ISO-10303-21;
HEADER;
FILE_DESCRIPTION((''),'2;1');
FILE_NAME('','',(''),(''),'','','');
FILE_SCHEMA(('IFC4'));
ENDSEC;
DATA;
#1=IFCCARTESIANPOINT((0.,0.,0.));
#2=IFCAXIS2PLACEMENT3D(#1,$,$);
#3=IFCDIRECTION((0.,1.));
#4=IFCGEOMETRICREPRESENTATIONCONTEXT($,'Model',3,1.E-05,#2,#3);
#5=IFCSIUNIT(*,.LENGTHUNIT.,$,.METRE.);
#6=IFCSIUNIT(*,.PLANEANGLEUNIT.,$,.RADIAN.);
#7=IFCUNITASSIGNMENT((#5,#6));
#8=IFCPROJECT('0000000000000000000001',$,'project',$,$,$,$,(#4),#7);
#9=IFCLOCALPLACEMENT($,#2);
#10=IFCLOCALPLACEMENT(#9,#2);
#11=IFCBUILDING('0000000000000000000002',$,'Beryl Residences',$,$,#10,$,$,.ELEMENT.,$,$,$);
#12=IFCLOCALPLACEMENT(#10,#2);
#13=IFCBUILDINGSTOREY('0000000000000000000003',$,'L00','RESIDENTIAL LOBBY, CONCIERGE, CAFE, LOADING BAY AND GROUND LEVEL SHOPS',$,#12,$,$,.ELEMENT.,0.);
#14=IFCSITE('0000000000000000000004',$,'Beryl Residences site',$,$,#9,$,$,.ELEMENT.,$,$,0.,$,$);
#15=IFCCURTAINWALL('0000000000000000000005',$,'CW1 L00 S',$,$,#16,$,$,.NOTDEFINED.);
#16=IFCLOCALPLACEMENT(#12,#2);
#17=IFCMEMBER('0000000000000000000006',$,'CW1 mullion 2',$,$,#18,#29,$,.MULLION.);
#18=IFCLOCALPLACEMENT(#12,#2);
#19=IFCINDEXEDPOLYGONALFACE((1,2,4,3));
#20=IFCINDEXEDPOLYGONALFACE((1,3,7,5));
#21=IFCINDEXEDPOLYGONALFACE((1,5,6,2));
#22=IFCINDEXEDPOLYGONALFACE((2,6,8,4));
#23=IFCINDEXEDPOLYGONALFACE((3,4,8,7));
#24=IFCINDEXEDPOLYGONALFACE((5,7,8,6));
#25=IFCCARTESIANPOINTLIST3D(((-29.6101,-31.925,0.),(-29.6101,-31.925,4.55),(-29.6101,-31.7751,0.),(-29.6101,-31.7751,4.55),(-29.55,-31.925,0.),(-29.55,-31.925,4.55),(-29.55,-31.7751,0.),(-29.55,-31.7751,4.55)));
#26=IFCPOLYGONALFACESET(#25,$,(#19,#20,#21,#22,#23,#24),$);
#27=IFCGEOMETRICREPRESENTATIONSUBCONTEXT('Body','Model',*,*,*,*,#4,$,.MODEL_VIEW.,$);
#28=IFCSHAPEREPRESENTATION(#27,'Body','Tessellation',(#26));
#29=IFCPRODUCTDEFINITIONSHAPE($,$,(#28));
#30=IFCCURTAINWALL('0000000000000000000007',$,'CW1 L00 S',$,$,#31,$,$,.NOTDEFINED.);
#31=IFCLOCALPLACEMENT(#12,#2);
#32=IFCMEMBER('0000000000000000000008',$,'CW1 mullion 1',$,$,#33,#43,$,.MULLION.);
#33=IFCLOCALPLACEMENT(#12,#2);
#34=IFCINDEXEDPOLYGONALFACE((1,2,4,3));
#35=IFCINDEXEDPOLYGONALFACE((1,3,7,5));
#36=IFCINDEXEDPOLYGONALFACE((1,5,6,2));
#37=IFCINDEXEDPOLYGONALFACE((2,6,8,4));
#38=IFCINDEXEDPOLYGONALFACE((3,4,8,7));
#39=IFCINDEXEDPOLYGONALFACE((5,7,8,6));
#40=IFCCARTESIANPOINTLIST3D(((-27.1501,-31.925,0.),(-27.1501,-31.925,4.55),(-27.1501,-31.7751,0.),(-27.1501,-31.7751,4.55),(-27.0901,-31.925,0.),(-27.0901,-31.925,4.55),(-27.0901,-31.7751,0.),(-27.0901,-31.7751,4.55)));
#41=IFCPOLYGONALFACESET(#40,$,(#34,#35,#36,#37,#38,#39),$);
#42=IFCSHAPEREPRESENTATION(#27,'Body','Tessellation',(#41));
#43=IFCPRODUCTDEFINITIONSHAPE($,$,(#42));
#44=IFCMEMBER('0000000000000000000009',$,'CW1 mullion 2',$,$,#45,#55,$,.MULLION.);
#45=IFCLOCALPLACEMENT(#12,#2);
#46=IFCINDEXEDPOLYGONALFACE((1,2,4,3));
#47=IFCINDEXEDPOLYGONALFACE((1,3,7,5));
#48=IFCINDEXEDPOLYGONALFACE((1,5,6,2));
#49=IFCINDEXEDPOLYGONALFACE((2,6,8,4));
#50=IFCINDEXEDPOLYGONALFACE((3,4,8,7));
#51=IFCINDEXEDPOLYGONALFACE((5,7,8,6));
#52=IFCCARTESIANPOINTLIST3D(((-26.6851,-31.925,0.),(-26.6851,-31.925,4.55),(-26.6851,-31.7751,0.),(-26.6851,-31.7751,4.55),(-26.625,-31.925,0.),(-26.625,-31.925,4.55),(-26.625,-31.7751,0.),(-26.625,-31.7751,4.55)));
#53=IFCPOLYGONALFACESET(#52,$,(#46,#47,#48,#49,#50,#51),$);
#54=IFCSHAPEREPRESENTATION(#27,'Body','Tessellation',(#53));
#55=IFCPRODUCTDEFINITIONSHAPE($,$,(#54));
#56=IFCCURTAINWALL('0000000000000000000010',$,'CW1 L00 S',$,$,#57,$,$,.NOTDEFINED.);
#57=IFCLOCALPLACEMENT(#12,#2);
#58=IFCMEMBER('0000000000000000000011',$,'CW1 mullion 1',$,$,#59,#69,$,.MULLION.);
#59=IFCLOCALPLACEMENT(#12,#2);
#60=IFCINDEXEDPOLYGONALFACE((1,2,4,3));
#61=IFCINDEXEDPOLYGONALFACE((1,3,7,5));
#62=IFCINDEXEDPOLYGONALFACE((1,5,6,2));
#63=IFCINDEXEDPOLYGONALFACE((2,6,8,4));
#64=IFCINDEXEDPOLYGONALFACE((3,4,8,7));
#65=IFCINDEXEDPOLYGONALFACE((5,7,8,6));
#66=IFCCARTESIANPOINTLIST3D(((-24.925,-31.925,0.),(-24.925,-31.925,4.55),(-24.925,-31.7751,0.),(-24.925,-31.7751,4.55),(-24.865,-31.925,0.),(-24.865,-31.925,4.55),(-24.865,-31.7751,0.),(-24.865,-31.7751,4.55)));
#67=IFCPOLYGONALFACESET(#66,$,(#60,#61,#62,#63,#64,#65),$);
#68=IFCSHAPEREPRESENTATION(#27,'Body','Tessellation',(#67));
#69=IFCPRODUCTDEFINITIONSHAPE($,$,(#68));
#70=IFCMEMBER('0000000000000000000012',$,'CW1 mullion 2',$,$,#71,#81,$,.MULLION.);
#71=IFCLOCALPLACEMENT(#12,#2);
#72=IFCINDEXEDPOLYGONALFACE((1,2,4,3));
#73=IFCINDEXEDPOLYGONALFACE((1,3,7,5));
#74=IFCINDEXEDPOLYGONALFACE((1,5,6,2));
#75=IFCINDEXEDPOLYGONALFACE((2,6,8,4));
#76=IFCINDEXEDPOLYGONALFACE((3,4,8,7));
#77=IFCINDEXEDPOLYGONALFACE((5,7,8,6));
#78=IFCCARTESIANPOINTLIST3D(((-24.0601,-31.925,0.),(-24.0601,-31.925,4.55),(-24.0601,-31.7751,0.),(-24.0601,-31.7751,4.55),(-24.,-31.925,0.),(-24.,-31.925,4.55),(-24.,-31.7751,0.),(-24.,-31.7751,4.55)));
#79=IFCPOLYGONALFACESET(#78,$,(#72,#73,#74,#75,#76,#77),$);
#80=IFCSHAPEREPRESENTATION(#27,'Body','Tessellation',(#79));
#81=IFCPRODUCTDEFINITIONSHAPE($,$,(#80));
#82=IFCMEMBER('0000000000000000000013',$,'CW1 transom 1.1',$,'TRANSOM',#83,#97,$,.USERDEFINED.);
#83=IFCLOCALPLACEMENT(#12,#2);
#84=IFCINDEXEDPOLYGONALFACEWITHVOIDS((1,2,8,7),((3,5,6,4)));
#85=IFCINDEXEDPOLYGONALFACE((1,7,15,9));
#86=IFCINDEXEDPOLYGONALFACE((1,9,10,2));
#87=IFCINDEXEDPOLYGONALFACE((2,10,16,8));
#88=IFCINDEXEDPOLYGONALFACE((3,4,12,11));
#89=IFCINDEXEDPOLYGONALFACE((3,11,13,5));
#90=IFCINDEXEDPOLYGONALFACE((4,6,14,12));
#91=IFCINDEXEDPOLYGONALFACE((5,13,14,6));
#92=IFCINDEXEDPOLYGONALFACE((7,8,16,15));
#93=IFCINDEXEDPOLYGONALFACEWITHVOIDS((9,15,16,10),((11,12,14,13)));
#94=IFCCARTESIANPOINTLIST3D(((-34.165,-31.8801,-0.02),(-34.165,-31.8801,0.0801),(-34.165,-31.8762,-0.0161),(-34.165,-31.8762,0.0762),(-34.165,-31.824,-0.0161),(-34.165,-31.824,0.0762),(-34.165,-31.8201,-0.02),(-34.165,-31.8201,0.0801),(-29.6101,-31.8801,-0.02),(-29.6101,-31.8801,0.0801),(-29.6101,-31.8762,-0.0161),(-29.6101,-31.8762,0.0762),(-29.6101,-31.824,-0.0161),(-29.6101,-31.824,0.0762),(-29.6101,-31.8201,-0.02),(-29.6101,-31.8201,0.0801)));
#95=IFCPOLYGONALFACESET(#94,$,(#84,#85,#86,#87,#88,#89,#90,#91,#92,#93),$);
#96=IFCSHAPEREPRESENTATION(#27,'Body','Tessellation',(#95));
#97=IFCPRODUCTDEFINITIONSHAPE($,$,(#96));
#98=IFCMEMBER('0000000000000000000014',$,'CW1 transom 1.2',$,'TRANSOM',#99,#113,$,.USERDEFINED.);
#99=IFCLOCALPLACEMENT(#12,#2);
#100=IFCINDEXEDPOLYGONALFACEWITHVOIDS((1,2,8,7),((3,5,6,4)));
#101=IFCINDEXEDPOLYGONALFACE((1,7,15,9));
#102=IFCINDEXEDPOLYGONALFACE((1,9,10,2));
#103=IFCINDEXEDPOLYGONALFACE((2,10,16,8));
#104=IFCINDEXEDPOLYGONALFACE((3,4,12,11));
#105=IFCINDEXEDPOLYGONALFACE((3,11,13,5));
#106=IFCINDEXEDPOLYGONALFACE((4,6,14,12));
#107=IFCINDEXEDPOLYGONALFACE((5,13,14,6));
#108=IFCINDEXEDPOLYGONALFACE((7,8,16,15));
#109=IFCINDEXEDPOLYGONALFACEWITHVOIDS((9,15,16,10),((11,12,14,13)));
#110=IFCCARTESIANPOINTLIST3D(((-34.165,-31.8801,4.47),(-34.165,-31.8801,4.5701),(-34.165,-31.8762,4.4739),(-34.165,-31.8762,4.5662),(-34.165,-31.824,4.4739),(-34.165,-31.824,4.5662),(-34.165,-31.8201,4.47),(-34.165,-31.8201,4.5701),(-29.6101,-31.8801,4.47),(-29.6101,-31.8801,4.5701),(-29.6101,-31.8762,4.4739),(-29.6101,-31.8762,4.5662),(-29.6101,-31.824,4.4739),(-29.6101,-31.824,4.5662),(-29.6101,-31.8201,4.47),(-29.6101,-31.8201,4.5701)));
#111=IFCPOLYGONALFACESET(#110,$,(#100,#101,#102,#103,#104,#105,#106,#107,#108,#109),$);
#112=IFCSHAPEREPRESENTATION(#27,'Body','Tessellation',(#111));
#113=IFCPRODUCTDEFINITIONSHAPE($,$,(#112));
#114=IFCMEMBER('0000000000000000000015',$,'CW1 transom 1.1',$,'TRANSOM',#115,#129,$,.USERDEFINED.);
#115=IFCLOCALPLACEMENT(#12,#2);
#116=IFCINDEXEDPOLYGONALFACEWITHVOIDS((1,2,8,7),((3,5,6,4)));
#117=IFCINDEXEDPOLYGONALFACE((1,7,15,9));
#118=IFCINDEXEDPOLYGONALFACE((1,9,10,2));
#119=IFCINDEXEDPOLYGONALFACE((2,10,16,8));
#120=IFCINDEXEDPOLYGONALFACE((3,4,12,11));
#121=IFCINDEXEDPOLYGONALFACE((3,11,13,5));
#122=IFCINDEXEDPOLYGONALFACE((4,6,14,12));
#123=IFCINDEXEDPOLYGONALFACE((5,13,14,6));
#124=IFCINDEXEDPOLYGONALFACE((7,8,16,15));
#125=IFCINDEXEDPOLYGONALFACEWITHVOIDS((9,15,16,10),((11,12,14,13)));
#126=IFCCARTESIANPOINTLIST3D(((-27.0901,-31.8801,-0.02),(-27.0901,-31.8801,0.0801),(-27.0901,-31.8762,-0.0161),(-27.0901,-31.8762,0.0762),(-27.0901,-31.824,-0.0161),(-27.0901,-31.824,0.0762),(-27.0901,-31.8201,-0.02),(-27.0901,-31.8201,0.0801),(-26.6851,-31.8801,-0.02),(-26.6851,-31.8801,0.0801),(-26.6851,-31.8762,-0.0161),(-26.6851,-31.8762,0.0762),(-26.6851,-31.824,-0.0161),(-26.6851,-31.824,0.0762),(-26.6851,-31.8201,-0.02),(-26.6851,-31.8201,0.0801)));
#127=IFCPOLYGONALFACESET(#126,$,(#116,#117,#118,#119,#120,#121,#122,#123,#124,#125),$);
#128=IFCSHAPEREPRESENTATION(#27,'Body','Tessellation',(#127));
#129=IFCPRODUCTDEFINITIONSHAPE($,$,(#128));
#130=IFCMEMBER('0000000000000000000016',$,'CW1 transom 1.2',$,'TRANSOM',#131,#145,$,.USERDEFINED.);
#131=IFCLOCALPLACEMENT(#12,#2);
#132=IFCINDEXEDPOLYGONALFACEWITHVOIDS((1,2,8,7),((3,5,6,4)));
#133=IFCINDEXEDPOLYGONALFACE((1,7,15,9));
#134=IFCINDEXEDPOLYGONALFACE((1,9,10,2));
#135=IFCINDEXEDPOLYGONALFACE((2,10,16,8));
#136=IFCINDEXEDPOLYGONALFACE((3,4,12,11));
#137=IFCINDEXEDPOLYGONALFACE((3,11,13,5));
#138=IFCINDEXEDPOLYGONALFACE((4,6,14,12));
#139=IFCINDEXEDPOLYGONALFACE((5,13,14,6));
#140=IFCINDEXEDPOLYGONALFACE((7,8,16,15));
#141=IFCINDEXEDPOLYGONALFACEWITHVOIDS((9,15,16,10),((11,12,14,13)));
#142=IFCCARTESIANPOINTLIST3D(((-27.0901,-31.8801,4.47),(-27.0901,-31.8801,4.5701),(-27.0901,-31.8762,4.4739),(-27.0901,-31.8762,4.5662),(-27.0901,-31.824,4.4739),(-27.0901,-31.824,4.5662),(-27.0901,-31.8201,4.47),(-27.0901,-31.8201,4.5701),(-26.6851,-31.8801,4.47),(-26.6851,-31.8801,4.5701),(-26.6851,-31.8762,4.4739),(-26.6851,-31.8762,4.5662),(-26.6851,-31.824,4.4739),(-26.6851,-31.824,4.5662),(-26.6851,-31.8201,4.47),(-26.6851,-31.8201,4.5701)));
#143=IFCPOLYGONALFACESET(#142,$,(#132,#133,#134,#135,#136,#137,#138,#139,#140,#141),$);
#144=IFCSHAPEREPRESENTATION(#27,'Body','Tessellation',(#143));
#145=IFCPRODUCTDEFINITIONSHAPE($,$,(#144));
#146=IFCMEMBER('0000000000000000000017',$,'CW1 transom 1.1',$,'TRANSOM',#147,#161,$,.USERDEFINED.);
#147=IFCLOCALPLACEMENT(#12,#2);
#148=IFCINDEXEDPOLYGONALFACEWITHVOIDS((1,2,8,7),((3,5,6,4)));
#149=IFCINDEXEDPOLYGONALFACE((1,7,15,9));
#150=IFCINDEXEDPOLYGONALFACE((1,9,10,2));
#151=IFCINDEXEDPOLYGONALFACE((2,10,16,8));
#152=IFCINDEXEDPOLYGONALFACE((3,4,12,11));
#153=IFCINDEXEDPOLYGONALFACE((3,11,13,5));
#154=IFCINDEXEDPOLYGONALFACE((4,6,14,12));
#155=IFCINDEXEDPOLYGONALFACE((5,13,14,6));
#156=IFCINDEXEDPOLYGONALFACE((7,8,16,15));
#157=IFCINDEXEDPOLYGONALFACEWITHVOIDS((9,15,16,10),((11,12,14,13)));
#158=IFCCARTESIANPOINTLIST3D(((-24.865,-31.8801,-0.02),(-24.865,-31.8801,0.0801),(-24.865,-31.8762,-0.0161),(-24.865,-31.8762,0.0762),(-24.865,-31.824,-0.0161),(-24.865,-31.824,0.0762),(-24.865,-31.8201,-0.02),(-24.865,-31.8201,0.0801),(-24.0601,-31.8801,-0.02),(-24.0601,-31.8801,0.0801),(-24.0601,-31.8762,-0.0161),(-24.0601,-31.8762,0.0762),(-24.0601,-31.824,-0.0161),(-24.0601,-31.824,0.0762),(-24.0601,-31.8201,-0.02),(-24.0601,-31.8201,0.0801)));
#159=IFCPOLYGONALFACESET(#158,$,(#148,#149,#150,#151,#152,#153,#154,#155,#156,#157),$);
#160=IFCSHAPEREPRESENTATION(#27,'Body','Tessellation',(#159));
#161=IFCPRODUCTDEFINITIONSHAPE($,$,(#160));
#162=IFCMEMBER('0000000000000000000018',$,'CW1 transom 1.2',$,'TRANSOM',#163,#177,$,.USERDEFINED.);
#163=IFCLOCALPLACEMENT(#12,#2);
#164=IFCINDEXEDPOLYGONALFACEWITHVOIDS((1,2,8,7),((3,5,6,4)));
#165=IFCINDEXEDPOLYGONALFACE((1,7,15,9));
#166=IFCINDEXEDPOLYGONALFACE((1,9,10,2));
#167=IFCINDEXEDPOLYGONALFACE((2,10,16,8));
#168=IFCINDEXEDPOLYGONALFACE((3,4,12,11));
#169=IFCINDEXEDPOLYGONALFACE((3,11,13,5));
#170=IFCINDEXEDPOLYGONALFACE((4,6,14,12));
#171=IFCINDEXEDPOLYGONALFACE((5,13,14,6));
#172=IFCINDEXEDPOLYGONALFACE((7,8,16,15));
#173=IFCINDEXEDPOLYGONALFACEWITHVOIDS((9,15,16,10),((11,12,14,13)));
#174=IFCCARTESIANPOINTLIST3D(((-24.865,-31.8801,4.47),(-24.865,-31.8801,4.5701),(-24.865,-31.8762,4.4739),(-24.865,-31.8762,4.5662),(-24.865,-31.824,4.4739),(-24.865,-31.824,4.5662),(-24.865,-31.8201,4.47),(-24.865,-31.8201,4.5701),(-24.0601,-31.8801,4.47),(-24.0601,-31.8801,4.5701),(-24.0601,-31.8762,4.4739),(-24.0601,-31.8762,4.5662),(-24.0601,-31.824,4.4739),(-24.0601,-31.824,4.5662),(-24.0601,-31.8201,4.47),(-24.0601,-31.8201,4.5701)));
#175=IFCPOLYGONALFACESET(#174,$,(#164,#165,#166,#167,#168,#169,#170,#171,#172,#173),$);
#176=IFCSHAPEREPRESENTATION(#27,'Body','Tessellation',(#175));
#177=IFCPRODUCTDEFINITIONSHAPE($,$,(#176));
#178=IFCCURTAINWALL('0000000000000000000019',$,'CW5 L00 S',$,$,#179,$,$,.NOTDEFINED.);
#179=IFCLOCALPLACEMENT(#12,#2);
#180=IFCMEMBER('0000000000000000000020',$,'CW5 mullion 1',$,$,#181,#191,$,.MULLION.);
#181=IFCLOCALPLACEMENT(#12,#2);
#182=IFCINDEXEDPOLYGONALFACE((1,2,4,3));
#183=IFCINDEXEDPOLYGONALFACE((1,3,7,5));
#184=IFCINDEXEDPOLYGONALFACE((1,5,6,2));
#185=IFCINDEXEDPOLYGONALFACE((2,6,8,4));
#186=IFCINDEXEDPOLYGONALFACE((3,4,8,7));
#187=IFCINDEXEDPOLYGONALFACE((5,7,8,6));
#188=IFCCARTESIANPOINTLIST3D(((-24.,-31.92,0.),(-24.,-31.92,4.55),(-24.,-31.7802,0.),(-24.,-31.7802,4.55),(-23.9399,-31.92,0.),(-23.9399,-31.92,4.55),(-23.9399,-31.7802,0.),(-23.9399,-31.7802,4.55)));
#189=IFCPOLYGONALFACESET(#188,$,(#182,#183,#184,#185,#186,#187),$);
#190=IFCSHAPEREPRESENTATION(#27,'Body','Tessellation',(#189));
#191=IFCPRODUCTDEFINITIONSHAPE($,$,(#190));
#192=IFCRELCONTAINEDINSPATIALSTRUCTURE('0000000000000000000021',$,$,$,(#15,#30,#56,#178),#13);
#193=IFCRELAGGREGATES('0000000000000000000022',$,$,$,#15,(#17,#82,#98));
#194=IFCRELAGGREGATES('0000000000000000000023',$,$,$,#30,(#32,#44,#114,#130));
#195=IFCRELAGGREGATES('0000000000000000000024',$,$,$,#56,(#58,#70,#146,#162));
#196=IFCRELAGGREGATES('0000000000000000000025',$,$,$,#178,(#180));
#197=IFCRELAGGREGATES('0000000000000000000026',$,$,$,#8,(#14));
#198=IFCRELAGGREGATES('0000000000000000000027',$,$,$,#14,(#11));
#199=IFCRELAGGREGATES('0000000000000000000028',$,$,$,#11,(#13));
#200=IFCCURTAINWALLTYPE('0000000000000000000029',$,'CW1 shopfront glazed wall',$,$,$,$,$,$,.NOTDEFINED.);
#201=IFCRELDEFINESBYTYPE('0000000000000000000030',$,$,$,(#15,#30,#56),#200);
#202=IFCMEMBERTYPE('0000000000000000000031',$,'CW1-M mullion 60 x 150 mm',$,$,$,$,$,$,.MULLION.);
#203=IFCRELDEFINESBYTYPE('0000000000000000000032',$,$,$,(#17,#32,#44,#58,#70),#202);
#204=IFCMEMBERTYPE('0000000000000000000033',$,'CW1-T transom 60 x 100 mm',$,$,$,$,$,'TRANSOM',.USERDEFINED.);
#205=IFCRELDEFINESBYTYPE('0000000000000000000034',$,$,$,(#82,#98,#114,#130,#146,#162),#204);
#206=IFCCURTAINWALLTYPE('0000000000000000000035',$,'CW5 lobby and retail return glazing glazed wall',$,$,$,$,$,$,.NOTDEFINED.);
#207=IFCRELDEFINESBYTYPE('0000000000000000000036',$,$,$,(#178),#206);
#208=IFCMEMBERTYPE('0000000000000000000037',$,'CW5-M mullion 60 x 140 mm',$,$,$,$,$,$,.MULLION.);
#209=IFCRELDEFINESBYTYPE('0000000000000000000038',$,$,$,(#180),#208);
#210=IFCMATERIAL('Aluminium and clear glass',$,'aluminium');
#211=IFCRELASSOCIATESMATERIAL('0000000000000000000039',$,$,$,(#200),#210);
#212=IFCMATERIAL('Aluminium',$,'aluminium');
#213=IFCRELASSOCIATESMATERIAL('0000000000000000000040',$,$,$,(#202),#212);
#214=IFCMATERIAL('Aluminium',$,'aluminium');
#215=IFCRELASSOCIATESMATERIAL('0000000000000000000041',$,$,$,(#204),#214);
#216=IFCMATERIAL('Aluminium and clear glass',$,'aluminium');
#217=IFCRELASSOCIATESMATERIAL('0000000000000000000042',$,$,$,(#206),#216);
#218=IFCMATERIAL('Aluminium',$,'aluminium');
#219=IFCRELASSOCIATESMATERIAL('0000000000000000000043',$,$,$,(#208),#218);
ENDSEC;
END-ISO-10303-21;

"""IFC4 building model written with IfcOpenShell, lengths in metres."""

from ifc_helpers import new_model, si_unit, direction, frame, origin, origin_2d, place, context, subcontext, project, spatial, rectangle, hollow_rectangle, extrude, material, material_profile, profile_set, type_object, element, aggregate, save


model = new_model("IFC4")

# Units and contexts
model_context = context("Model", 3, precision=1e-05, world=origin(), true_north=direction((0.0, 1.0)))
body_context = subcontext(model_context, "Body", "Model", "MODEL_VIEW")
ifc_project = project(units=[si_unit("LENGTHUNIT", "METRE"), si_unit("PLANEANGLEUNIT", "RADIAN")], contexts=[model_context])

# Site, building, storey
site_placement = place(None, origin())
site = spatial("IfcSite", under=ifc_project, at=site_placement, Name="Beryl Residences site", CompositionType="ELEMENT", RefElevation=0.0)
building_placement = place(site_placement, origin())
building = spatial("IfcBuilding", under=site, at=building_placement, Name="Beryl Residences", CompositionType="ELEMENT")
storey_placement = place(building_placement, origin())
storey = spatial("IfcBuildingStorey", under=building, at=storey_placement, Name="L00", Description="RESIDENTIAL LOBBY, CONCIERGE, CAFE, LOADING BAY AND GROUND LEVEL SHOPS", CompositionType="ELEMENT", Elevation=0.0)

# Curtain wall, member
ifc_material_1 = material(Name="Aluminium and clear glass", Category="aluminium")
curtain_wall_type_1 = type_object("IfcCurtainWallType", Name="CW1 shopfront glazed wall", PredefinedType="NOTDEFINED", material=ifc_material_1)
curtain_wall_1_placement = place(storey_placement, origin())
curtain_wall_1 = element("IfcCurtainWall", 1, at=curtain_wall_1_placement, inside=storey, type_object=curtain_wall_type_1, Name="CW1 L00 S", PredefinedType="NOTDEFINED")
ifc_material_2 = material(Name="Aluminium", Category="aluminium")
ifc_material_profile_1 = material_profile(ifc_material_2, rectangle(XDim=0.0601, YDim=0.1499, at=origin_2d()))
ifc_profile_set_1 = profile_set([ifc_material_profile_1], Name="Aluminium")
member_type_1 = type_object("IfcMemberType", Name="CW1-M mullion 60 x 150 mm", PredefinedType="MULLION", material=ifc_profile_set_1)
member_1_placement = place(storey_placement, frame((-29.5801, -31.8501, 0.0), z_axis=(0.0, 0.0, 1.0), x_axis=(1.0, 0.0, 0.0)))
member_1 = element("IfcMember", 2, at=member_1_placement, type_object=member_type_1, Name="CW1 mullion 2", PredefinedType="MULLION", context=body_context, shape_type="SweptSolid", body=[
    extrude(rectangle(XDim=0.0601, YDim=0.1499, at=origin_2d()), origin(), (0.0, 0.0, 1.0), 4.55),
])

# Curtain walls, members
curtain_wall_2_placement = place(storey_placement, origin())
curtain_wall_2 = element("IfcCurtainWall", 3, at=curtain_wall_2_placement, inside=storey, type_object=curtain_wall_type_1, Name="CW1 L00 S", PredefinedType="NOTDEFINED")
member_2_placement = place(storey_placement, frame((-27.1201, -31.8501, 0.0), z_axis=(0.0, 0.0, 1.0), x_axis=(1.0, 0.0, 0.0)))
member_2 = element("IfcMember", 4, at=member_2_placement, type_object=member_type_1, Name="CW1 mullion 1", PredefinedType="MULLION", context=body_context, shape_type="SweptSolid", body=[
    extrude(rectangle(XDim=0.0601, YDim=0.1499, at=origin_2d()), origin(), (0.0, 0.0, 1.0), 4.55),
])
member_3_placement = place(storey_placement, frame((-26.655, -31.8501, 0.0), z_axis=(0.0, 0.0, 1.0), x_axis=(1.0, 0.0, 0.0)))
member_3 = element("IfcMember", 5, at=member_3_placement, type_object=member_type_1, Name="CW1 mullion 2", PredefinedType="MULLION", context=body_context, shape_type="SweptSolid", body=[
    extrude(rectangle(XDim=0.0601, YDim=0.1499, at=origin_2d()), origin(), (0.0, 0.0, 1.0), 4.55),
])
curtain_wall_3_placement = place(storey_placement, origin())
curtain_wall_3 = element("IfcCurtainWall", 6, at=curtain_wall_3_placement, inside=storey, type_object=curtain_wall_type_1, Name="CW1 L00 S", PredefinedType="NOTDEFINED")
member_4_placement = place(storey_placement, frame((-24.895, -31.8501, 0.0), z_axis=(0.0, 0.0, 1.0), x_axis=(1.0, 0.0, 0.0)))
member_4 = element("IfcMember", 7, at=member_4_placement, type_object=member_type_1, Name="CW1 mullion 1", PredefinedType="MULLION", context=body_context, shape_type="SweptSolid", body=[
    extrude(rectangle(XDim=0.0601, YDim=0.1499, at=origin_2d()), origin(), (0.0, 0.0, 1.0), 4.55),
])
member_5_placement = place(storey_placement, frame((-24.03, -31.8501, 0.0), z_axis=(0.0, 0.0, 1.0), x_axis=(1.0, 0.0, 0.0)))
member_5 = element("IfcMember", 8, at=member_5_placement, type_object=member_type_1, Name="CW1 mullion 2", PredefinedType="MULLION", context=body_context, shape_type="SweptSolid", body=[
    extrude(rectangle(XDim=0.0601, YDim=0.1499, at=origin_2d()), origin(), (0.0, 0.0, 1.0), 4.55),
])

# Members
ifc_material_3 = material(Name="Aluminium", Category="aluminium")
ifc_material_profile_2 = material_profile(ifc_material_3, hollow_rectangle(XDim=0.0601, YDim=0.1001, WallThickness=0.0039, at=origin_2d()))
ifc_profile_set_2 = profile_set([ifc_material_profile_2], Name="Aluminium")
member_type_2 = type_object("IfcMemberType", Name="CW1-T transom 60 x 100 mm", ElementType="TRANSOM", PredefinedType="USERDEFINED", material=ifc_profile_set_2)
member_6_placement = place(storey_placement, frame((-34.165, -31.8501, 0.03), z_axis=(1.0, 0.0, 0.0), x_axis=(0.0, 1.0, 0.0)))
member_6 = element("IfcMember", 9, at=member_6_placement, type_object=member_type_2, Name="CW1 transom 1.1", ObjectType="TRANSOM", PredefinedType="USERDEFINED", context=body_context, shape_type="SweptSolid", body=[
    extrude(hollow_rectangle(XDim=0.0601, YDim=0.1001, WallThickness=0.0039, at=origin_2d()), origin(), (0.0, 0.0, 1.0), 4.5549),
])
member_7_placement = place(storey_placement, frame((-34.165, -31.8501, 4.52), z_axis=(1.0, 0.0, 0.0), x_axis=(0.0, 1.0, 0.0)))
member_7 = element("IfcMember", 10, at=member_7_placement, type_object=member_type_2, Name="CW1 transom 1.2", ObjectType="TRANSOM", PredefinedType="USERDEFINED", context=body_context, shape_type="SweptSolid", body=[
    extrude(hollow_rectangle(XDim=0.0601, YDim=0.1001, WallThickness=0.0039, at=origin_2d()), origin(), (0.0, 0.0, 1.0), 4.5549),
])
member_8_placement = place(storey_placement, frame((-27.0901, -31.8501, 0.03), z_axis=(1.0, 0.0, 0.0), x_axis=(0.0, 1.0, 0.0)))
member_8 = element("IfcMember", 11, at=member_8_placement, type_object=member_type_2, Name="CW1 transom 1.1", ObjectType="TRANSOM", PredefinedType="USERDEFINED", context=body_context, shape_type="SweptSolid", body=[
    extrude(hollow_rectangle(XDim=0.0601, YDim=0.1001, WallThickness=0.0039, at=origin_2d()), origin(), (0.0, 0.0, 1.0), 0.405),
])
member_9_placement = place(storey_placement, frame((-27.0901, -31.8501, 4.52), z_axis=(1.0, 0.0, 0.0), x_axis=(0.0, 1.0, 0.0)))
member_9 = element("IfcMember", 12, at=member_9_placement, type_object=member_type_2, Name="CW1 transom 1.2", ObjectType="TRANSOM", PredefinedType="USERDEFINED", context=body_context, shape_type="SweptSolid", body=[
    extrude(hollow_rectangle(XDim=0.0601, YDim=0.1001, WallThickness=0.0039, at=origin_2d()), origin(), (0.0, 0.0, 1.0), 0.405),
])
member_10_placement = place(storey_placement, frame((-24.865, -31.8501, 0.03), z_axis=(1.0, 0.0, 0.0), x_axis=(0.0, 1.0, 0.0)))
member_10 = element("IfcMember", 13, at=member_10_placement, type_object=member_type_2, Name="CW1 transom 1.1", ObjectType="TRANSOM", PredefinedType="USERDEFINED", context=body_context, shape_type="SweptSolid", body=[
    extrude(hollow_rectangle(XDim=0.0601, YDim=0.1001, WallThickness=0.0039, at=origin_2d()), origin(), (0.0, 0.0, 1.0), 0.8049),
])
member_11_placement = place(storey_placement, frame((-24.865, -31.8501, 4.52), z_axis=(1.0, 0.0, 0.0), x_axis=(0.0, 1.0, 0.0)))
member_11 = element("IfcMember", 14, at=member_11_placement, type_object=member_type_2, Name="CW1 transom 1.2", ObjectType="TRANSOM", PredefinedType="USERDEFINED", context=body_context, shape_type="SweptSolid", body=[
    extrude(hollow_rectangle(XDim=0.0601, YDim=0.1001, WallThickness=0.0039, at=origin_2d()), origin(), (0.0, 0.0, 1.0), 0.8049),
])

# Curtain wall, member
ifc_material_4 = material(Name="Aluminium and clear glass", Category="aluminium")
curtain_wall_type_2 = type_object("IfcCurtainWallType", Name="CW5 lobby and retail return glazing glazed wall", PredefinedType="NOTDEFINED", material=ifc_material_4)
curtain_wall_4_placement = place(storey_placement, origin())
curtain_wall_4 = element("IfcCurtainWall", 15, at=curtain_wall_4_placement, inside=storey, type_object=curtain_wall_type_2, Name="CW5 L00 S", PredefinedType="NOTDEFINED")
ifc_material_5 = material(Name="Aluminium", Category="aluminium")
ifc_material_profile_3 = material_profile(ifc_material_5, rectangle(XDim=0.0601, YDim=0.1399, at=origin_2d()))
ifc_profile_set_3 = profile_set([ifc_material_profile_3], Name="Aluminium")
member_type_3 = type_object("IfcMemberType", Name="CW5-M mullion 60 x 140 mm", PredefinedType="MULLION", material=ifc_profile_set_3)
member_12_placement = place(storey_placement, frame((-23.97, -31.8501, 0.0), z_axis=(0.0, 0.0, 1.0), x_axis=(1.0, 0.0, 0.0)))
member_12 = element("IfcMember", 16, at=member_12_placement, type_object=member_type_3, Name="CW5 mullion 1", PredefinedType="MULLION", context=body_context, shape_type="SweptSolid", body=[
    extrude(rectangle(XDim=0.0601, YDim=0.1399, at=origin_2d()), origin(), (0.0, 0.0, 1.0), 4.55),
])

aggregate(curtain_wall_1, [member_1, member_6, member_7])
aggregate(curtain_wall_2, [member_2, member_3, member_8, member_9])
aggregate(curtain_wall_3, [member_4, member_5, member_10, member_11])
aggregate(curtain_wall_4, [member_12])

save(model, "model.ifc")
